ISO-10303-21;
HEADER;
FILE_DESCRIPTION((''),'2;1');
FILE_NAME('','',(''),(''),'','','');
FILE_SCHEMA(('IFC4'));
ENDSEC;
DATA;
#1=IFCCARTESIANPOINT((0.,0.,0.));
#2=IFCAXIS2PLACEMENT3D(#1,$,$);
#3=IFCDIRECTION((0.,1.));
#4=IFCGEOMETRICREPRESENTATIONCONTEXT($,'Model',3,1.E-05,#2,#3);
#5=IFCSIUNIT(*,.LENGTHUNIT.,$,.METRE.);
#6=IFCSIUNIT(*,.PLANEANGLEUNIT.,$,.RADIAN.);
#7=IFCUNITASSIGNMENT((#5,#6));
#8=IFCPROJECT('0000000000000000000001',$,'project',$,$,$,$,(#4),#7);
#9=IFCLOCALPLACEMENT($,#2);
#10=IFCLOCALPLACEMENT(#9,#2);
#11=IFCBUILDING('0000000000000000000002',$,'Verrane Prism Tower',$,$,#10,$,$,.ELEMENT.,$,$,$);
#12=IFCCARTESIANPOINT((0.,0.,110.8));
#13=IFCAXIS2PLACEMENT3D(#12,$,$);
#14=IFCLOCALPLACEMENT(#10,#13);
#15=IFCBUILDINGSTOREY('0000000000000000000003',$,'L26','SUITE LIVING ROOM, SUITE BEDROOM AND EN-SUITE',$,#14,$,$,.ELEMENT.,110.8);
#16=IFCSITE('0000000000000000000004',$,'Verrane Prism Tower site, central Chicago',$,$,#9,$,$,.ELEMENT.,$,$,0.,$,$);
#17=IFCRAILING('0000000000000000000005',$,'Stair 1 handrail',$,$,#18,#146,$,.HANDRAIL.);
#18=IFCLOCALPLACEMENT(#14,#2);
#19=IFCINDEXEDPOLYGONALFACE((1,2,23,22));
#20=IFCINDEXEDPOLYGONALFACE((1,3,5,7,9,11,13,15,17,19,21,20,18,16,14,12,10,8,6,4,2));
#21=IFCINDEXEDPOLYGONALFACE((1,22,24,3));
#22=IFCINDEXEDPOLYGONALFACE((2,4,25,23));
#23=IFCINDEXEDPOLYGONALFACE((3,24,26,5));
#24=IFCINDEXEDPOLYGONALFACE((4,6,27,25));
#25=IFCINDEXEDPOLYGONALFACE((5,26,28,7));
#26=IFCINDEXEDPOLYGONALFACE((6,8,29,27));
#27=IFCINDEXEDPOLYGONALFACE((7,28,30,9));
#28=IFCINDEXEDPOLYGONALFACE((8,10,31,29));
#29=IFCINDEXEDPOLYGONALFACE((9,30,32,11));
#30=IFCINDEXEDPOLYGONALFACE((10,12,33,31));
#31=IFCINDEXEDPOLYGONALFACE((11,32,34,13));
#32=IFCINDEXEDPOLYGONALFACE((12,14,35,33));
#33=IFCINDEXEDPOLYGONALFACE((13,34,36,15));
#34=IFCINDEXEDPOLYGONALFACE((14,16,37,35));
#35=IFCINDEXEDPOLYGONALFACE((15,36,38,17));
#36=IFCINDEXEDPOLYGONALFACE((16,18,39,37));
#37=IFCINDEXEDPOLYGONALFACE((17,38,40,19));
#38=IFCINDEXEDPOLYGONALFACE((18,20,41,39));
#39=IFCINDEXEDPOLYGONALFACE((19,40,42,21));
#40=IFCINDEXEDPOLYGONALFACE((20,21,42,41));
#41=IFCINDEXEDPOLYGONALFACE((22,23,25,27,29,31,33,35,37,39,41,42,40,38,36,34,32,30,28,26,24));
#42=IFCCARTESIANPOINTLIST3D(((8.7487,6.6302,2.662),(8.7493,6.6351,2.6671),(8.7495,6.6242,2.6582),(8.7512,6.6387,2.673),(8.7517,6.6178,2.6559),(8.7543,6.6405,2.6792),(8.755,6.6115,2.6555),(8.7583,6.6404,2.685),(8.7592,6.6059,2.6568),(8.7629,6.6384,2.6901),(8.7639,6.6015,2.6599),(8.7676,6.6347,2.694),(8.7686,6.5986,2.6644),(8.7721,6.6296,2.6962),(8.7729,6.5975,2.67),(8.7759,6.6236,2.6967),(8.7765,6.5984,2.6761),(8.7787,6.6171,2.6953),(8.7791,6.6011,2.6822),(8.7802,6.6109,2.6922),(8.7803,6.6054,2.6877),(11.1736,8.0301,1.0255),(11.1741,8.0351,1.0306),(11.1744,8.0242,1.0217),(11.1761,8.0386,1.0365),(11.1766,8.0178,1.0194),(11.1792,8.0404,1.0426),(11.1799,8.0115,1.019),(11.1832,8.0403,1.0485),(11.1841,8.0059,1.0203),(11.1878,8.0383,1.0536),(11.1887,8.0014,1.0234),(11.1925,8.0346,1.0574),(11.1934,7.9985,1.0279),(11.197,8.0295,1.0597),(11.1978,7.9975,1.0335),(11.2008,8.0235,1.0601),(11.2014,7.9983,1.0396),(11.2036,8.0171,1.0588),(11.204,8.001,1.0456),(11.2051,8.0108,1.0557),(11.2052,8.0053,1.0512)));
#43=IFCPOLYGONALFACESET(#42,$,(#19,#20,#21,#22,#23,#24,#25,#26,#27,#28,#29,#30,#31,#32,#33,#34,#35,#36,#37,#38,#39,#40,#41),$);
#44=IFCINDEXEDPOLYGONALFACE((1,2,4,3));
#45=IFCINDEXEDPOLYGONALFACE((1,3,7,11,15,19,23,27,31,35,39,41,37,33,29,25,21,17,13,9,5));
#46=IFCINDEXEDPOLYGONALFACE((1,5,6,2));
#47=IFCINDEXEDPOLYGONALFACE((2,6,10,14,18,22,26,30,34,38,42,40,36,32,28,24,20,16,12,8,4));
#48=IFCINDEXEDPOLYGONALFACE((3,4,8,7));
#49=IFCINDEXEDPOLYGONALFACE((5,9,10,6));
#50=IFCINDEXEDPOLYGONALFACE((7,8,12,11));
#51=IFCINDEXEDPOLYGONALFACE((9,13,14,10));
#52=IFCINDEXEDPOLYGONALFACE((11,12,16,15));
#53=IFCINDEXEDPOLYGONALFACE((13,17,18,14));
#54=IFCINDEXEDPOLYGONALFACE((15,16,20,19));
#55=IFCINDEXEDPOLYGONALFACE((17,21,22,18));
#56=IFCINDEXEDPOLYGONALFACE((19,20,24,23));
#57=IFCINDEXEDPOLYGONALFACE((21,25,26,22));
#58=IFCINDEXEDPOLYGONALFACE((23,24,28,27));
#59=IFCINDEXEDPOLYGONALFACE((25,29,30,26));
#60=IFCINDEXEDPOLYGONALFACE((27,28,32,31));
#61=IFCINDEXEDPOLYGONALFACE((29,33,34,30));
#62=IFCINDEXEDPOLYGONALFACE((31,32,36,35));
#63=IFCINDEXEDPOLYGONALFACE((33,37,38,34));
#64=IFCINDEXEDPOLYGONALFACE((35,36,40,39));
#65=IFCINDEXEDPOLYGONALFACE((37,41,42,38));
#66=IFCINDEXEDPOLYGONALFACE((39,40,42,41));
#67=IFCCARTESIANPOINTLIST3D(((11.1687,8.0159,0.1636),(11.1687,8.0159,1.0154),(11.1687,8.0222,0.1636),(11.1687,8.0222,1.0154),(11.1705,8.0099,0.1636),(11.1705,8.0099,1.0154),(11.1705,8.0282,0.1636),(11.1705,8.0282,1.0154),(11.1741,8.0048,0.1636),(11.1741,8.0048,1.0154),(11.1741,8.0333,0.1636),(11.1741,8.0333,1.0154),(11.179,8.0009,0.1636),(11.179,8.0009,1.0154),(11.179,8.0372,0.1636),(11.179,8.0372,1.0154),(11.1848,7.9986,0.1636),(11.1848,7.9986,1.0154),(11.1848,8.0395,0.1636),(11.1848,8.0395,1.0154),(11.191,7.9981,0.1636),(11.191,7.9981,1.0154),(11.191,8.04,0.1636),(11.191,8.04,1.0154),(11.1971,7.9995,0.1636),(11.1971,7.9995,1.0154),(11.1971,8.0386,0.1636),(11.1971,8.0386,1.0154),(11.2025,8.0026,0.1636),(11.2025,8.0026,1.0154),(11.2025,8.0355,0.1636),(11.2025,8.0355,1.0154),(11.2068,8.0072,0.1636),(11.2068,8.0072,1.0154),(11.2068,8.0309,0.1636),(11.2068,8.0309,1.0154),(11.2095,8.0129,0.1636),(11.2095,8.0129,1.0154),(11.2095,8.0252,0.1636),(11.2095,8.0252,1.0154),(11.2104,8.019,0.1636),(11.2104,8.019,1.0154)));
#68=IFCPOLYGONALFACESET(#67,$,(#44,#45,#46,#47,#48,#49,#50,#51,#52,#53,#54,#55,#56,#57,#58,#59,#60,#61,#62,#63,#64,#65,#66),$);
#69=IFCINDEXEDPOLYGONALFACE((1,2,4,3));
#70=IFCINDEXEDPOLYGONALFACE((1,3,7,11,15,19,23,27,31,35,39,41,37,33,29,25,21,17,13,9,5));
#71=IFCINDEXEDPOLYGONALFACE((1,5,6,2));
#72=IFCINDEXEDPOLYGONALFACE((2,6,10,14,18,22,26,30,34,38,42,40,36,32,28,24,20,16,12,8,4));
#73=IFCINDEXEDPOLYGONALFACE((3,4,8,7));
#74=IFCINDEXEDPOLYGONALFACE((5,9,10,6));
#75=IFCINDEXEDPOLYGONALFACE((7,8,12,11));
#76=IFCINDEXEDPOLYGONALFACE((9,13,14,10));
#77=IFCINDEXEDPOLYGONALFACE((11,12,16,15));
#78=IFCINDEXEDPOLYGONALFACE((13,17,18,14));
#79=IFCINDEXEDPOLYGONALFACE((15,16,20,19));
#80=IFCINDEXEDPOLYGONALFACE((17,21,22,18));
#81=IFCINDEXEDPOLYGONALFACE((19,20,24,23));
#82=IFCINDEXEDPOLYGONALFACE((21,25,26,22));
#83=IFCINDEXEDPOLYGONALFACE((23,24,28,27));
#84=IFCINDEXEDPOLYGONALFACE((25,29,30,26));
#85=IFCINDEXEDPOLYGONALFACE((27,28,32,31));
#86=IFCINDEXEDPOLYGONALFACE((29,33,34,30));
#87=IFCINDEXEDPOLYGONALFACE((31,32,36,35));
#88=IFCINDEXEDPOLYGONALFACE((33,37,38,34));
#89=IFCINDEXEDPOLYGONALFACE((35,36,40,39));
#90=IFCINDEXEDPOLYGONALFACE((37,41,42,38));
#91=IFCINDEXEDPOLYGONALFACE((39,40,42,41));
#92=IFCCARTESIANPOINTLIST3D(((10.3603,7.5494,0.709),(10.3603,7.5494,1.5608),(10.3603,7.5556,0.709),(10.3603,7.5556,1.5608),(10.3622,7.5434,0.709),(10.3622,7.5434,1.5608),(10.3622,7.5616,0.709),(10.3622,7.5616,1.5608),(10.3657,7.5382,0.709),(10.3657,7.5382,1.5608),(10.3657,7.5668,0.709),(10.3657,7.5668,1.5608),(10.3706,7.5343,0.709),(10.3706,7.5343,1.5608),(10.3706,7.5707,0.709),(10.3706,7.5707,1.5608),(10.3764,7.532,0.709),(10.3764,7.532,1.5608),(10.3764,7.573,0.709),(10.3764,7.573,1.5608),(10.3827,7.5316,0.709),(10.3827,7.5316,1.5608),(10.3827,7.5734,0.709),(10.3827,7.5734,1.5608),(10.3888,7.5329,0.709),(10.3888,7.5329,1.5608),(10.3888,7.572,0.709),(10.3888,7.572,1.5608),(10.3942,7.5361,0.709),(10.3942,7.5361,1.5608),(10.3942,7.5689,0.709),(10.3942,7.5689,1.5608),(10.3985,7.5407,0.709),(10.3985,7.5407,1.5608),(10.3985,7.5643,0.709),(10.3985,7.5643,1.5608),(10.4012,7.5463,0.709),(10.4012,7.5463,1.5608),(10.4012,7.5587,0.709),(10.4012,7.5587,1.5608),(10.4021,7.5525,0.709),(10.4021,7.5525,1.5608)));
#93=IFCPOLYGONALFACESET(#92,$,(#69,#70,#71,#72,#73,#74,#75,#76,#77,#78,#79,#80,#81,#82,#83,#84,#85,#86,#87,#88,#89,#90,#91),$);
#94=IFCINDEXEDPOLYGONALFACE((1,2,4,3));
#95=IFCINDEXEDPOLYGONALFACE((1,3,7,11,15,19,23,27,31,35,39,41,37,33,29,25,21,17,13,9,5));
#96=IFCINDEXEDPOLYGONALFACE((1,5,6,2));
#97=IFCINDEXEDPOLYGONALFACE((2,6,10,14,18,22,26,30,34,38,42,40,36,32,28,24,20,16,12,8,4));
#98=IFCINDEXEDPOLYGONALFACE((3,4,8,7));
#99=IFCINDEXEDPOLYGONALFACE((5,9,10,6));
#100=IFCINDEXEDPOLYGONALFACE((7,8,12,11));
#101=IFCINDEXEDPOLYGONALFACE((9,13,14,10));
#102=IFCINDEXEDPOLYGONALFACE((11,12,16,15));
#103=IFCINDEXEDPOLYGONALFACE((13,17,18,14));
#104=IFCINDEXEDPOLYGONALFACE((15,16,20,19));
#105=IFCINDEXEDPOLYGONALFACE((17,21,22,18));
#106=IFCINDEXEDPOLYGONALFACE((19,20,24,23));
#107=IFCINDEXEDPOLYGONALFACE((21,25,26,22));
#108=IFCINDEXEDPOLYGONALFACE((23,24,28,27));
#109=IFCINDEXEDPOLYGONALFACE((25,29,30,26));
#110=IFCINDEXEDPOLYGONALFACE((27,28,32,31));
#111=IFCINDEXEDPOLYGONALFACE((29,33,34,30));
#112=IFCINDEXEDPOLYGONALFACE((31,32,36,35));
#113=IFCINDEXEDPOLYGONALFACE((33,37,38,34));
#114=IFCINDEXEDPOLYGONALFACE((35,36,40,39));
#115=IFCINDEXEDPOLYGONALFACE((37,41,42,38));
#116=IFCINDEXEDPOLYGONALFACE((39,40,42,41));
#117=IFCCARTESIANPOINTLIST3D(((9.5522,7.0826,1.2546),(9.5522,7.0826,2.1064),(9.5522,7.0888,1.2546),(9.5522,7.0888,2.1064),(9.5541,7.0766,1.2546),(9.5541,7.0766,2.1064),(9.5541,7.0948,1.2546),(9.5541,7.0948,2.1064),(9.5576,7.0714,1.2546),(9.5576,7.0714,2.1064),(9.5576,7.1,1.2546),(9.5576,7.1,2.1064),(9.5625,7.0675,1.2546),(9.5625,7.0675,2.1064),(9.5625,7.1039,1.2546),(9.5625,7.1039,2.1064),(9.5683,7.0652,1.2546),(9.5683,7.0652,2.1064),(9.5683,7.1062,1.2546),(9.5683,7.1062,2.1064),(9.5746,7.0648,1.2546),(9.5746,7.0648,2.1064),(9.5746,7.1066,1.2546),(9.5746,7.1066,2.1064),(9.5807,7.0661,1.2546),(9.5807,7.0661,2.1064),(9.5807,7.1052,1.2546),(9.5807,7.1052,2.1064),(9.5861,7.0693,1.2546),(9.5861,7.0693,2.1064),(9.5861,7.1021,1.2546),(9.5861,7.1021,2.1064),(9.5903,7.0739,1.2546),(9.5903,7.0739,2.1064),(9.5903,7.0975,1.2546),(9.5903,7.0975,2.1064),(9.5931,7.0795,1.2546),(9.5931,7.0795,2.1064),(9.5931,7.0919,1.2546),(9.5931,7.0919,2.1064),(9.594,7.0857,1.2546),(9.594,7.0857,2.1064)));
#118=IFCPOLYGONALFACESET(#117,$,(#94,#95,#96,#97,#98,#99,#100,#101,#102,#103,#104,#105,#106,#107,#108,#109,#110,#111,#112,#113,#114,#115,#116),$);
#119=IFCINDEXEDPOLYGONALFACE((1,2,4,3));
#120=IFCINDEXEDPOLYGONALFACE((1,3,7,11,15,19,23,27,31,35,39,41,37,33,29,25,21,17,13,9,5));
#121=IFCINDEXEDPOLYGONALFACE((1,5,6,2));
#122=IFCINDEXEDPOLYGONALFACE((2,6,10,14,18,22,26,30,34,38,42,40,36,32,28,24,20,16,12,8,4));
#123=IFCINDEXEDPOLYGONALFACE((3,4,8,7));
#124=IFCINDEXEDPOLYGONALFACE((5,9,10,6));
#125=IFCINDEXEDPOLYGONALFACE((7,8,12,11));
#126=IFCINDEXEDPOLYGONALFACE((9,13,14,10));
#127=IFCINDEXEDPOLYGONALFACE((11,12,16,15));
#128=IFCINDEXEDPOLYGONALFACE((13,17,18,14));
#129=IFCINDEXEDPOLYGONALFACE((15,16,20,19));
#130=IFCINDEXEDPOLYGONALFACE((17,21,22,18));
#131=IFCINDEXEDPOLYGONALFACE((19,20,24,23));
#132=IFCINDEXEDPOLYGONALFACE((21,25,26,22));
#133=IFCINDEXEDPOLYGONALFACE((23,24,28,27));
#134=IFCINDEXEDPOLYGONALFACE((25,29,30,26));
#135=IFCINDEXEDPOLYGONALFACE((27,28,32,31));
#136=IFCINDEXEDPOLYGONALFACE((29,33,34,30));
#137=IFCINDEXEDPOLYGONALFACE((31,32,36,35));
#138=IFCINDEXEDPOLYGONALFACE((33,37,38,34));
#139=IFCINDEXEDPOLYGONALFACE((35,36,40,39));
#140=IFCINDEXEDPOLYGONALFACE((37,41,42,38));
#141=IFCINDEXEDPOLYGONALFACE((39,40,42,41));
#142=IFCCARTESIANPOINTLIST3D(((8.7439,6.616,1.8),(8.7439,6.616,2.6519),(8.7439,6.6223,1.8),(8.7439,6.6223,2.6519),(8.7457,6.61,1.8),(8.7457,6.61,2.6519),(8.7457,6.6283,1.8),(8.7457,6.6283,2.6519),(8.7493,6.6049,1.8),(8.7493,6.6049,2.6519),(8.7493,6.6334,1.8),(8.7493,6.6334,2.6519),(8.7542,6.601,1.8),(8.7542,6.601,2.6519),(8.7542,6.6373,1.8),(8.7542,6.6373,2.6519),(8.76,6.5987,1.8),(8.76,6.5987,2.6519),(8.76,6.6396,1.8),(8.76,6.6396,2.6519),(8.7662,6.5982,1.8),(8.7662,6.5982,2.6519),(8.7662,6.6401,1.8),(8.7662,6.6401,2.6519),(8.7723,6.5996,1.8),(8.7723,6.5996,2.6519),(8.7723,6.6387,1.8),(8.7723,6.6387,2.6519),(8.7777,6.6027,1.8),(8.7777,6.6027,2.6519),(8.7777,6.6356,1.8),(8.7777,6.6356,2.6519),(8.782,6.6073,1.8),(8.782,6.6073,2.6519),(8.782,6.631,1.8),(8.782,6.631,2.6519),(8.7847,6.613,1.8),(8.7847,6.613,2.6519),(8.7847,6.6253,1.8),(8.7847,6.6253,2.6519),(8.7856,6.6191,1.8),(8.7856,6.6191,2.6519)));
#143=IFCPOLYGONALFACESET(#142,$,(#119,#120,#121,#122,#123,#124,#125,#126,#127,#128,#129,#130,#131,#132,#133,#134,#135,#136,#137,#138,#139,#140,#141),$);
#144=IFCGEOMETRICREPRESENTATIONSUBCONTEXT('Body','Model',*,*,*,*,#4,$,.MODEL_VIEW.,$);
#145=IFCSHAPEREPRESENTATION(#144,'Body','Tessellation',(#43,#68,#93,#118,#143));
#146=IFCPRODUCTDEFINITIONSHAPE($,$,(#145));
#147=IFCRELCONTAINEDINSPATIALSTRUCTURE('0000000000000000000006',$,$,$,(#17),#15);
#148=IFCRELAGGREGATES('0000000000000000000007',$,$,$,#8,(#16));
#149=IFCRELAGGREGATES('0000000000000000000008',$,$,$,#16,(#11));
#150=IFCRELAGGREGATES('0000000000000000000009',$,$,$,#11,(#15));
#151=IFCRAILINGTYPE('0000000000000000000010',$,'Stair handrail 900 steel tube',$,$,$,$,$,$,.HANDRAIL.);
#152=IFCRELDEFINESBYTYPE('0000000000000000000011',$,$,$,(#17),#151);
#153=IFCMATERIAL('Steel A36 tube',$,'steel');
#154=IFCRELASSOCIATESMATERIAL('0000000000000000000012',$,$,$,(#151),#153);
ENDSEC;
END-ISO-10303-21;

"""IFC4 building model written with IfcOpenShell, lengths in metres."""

from ifc_helpers import new_model, si_unit, direction, frame, origin, origin_2d, place, context, subcontext, project, spatial, circle, extrude, material, type_object, element, save


model = new_model("IFC4")

# Units and contexts
model_context = context("Model", 3, precision=1e-05, world=origin(), true_north=direction((0.0, 1.0)))
body_context = subcontext(model_context, "Body", "Model", "MODEL_VIEW")
ifc_project = project(units=[si_unit("LENGTHUNIT", "METRE"), si_unit("PLANEANGLEUNIT", "RADIAN")], contexts=[model_context])

# Site, building, storey
site_placement = place(None, origin())
site = spatial("IfcSite", under=ifc_project, at=site_placement, Name="Verrane Prism Tower site, central Chicago", CompositionType="ELEMENT", RefElevation=0.0)
building_placement = place(site_placement, origin())
building = spatial("IfcBuilding", under=site, at=building_placement, Name="Verrane Prism Tower", CompositionType="ELEMENT")
storey_placement = place(building_placement, frame((0.0, 0.0, 110.8)))
storey = spatial("IfcBuildingStorey", under=building, at=storey_placement, Name="L26", Description="SUITE LIVING ROOM, SUITE BEDROOM AND EN-SUITE", CompositionType="ELEMENT", Elevation=110.8)

# Railing
ifc_material_1 = material(Name="Steel A36 tube", Category="steel")
railing_type_1 = type_object("IfcRailingType", Name="Stair handrail 900 steel tube", PredefinedType="HANDRAIL", material=ifc_material_1)
railing_1_placement = place(storey_placement, frame((11.1895, 8.019, 0.1636)))
element("IfcRailing", 1, at=railing_1_placement, inside=storey, type_object=railing_type_1, Name="Stair 1 handrail", PredefinedType="HANDRAIL", context=body_context, shape_type="SweptSolid", body=[
    extrude(circle(Radius=0.0239, at=origin_2d()), frame((0.0, 0.0, 0.876), z_axis=(-0.74769, -0.431661, 0.504608), x_axis=(0.499984, -0.866035, 0.0)), (0.0, 0.0, 1.0), 3.2432),
    extrude(circle(Radius=0.021, at=origin_2d()), origin(), (0.0, 0.0, 1.0), 0.8518),
    extrude(circle(Radius=0.021, at=origin_2d()), frame((-0.8083, -0.4666, 0.5454)), (0.0, 0.0, 1.0), 0.8518),
    extrude(circle(Radius=0.021, at=origin_2d()), frame((-1.6165, -0.9333, 1.0911)), (0.0, 0.0, 1.0), 0.8518),
    extrude(circle(Radius=0.021, at=origin_2d()), frame((-2.4248, -1.3999, 1.6365)), (0.0, 0.0, 1.0), 0.8518),
])

save(model, "model.ifc")
